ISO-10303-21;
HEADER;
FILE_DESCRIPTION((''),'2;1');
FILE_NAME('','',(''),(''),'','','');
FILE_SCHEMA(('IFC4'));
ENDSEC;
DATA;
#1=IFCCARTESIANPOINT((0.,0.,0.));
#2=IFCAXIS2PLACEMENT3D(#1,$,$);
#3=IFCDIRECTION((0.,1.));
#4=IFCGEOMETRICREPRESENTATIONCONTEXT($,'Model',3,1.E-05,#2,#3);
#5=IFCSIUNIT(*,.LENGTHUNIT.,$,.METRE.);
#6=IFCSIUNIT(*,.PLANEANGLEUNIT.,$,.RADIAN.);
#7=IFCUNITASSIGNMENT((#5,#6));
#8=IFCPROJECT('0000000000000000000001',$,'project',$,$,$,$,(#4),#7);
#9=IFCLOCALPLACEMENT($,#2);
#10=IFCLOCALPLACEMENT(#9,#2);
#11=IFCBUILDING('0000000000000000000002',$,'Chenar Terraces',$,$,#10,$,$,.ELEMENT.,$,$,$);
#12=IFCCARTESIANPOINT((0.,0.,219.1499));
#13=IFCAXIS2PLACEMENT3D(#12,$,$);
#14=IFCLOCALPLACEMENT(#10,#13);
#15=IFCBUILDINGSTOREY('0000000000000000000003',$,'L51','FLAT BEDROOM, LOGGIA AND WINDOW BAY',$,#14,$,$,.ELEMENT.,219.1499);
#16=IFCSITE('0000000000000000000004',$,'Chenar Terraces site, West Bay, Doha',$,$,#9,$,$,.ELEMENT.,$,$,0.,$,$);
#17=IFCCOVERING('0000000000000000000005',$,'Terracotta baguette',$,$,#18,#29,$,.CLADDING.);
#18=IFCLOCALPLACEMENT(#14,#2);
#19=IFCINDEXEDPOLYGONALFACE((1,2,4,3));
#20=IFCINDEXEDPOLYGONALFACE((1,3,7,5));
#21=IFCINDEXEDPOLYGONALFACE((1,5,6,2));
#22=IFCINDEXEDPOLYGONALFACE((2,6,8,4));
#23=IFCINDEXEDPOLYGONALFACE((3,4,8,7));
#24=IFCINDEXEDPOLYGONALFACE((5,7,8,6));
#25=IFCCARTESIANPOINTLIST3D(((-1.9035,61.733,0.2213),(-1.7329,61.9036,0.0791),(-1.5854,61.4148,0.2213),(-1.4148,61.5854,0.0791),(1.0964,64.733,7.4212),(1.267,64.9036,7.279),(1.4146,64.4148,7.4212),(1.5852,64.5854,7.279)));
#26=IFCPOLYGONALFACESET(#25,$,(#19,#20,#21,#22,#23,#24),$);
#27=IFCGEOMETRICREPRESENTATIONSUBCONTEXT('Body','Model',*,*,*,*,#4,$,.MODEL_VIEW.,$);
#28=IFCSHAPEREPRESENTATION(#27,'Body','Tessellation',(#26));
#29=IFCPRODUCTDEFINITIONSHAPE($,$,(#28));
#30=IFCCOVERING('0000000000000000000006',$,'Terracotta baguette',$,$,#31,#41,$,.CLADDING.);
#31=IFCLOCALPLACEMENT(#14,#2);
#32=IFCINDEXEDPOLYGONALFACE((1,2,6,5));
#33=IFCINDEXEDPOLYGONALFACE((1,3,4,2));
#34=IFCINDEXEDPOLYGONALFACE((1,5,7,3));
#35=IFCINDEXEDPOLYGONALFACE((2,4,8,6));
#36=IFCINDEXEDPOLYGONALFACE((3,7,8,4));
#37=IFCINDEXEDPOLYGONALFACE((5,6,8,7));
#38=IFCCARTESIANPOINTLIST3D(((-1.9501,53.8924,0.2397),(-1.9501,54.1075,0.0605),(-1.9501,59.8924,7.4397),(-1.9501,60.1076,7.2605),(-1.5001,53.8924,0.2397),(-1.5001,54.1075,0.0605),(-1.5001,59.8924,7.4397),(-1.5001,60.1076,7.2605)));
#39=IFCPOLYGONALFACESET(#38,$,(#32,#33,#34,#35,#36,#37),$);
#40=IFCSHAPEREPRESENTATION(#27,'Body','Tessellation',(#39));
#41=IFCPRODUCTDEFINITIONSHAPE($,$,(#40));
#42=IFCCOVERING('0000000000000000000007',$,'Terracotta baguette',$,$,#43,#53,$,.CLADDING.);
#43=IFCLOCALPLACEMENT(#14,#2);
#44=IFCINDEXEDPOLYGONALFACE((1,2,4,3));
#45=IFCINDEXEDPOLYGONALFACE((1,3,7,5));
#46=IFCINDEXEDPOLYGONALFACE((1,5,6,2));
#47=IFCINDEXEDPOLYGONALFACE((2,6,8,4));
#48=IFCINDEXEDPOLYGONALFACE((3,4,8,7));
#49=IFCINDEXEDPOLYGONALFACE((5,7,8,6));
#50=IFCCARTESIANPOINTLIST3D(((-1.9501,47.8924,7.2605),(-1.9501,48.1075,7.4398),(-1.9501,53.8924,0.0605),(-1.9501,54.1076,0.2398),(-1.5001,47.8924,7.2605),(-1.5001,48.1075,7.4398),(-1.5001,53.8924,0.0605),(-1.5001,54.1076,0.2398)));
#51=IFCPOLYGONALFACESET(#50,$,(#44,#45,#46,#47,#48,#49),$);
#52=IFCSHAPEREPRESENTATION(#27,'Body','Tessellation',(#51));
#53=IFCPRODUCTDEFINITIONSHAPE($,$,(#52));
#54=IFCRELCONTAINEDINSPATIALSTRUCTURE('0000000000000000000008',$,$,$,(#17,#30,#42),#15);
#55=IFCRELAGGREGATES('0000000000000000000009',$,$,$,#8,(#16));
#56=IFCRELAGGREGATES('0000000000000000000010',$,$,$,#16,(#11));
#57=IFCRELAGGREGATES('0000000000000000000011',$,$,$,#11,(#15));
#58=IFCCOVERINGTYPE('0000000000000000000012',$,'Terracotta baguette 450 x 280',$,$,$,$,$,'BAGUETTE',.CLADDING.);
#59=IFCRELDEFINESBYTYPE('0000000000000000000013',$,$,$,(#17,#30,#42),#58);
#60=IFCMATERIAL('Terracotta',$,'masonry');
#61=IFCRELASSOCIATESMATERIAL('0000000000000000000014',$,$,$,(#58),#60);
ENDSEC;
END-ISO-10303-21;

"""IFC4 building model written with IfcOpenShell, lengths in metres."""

from ifc_helpers import new_model, si_unit, direction, frame, origin, origin_2d, place, context, subcontext, project, spatial, rectangle, extrude, material, material_profile, profile_set, type_object, element, save


model = new_model("IFC4")

# Units and contexts
model_context = context("Model", 3, precision=1e-05, world=origin(), true_north=direction((0.0, 1.0)))
body_context = subcontext(model_context, "Body", "Model", "MODEL_VIEW")
ifc_project = project(units=[si_unit("LENGTHUNIT", "METRE"), si_unit("PLANEANGLEUNIT", "RADIAN")], contexts=[model_context])

# Site, building, storey
site_placement = place(None, origin())
site = spatial("IfcSite", under=ifc_project, at=site_placement, Name="Chenar Terraces site, West Bay, Doha", CompositionType="ELEMENT", RefElevation=0.0)
building_placement = place(site_placement, origin())
building = spatial("IfcBuilding", under=site, at=building_placement, Name="Chenar Terraces", CompositionType="ELEMENT")
storey_placement = place(building_placement, frame((0.0, 0.0, 219.1499)))
storey = spatial("IfcBuildingStorey", under=building, at=storey_placement, Name="L51", Description="FLAT BEDROOM, LOGGIA AND WINDOW BAY", CompositionType="ELEMENT", Elevation=219.1499)

# Coverings
ifc_material_1 = material(Name="Terracotta", Category="masonry")
ifc_material_profile_1 = material_profile(ifc_material_1, rectangle(XDim=0.45, YDim=0.28, at=origin_2d()), Name="Terracotta baguette 450 x 280")
ifc_profile_set_1 = profile_set([ifc_material_profile_1], Name="Terracotta")
covering_type = type_object("IfcCoveringType", Name="Terracotta baguette 450 x 280", ElementType="BAGUETTE", PredefinedType="CLADDING", material=ifc_profile_set_1)
covering_placement = place(storey_placement, frame((1.3408, 64.6592, 7.3501), z_axis=(-0.358981, -0.358981, -0.861548), x_axis=(0.707107, -0.707107, 0.0)))
element("IfcCovering", 1, at=covering_placement, inside=storey, type_object=covering_type, Name="Terracotta baguette", PredefinedType="CLADDING", context=body_context, shape_type="SweptSolid", body=[
    extrude(rectangle(XDim=0.45, YDim=0.28, at=origin_2d()), origin(), (0.0, 0.0, 1.0), 8.3569),
])
for number, where, z_axis, x_axis, name in (
    (2, (-1.7251, 60.0, 7.3501), (0.0, -0.640187, -0.768219), (1.0, 0.0, 0.0), "Terracotta baguette"),
    (3, (-1.7251, 54.0, 0.1501), (0.0, -0.640187, 0.768219), (1.0, 0.0, 0.0), "Terracotta baguette"),
):
    element("IfcCovering", number, at=place(storey_placement, frame(where, z_axis=z_axis, x_axis=x_axis)), inside=storey, type_object=covering_type, Name=name, PredefinedType="CLADDING", context=body_context, shape_type="SweptSolid", body=[
        extrude(rectangle(XDim=0.45, YDim=0.28, at=origin_2d()), origin(), (0.0, 0.0, 1.0), 9.3723),
    ])

save(model, "model.ifc")
